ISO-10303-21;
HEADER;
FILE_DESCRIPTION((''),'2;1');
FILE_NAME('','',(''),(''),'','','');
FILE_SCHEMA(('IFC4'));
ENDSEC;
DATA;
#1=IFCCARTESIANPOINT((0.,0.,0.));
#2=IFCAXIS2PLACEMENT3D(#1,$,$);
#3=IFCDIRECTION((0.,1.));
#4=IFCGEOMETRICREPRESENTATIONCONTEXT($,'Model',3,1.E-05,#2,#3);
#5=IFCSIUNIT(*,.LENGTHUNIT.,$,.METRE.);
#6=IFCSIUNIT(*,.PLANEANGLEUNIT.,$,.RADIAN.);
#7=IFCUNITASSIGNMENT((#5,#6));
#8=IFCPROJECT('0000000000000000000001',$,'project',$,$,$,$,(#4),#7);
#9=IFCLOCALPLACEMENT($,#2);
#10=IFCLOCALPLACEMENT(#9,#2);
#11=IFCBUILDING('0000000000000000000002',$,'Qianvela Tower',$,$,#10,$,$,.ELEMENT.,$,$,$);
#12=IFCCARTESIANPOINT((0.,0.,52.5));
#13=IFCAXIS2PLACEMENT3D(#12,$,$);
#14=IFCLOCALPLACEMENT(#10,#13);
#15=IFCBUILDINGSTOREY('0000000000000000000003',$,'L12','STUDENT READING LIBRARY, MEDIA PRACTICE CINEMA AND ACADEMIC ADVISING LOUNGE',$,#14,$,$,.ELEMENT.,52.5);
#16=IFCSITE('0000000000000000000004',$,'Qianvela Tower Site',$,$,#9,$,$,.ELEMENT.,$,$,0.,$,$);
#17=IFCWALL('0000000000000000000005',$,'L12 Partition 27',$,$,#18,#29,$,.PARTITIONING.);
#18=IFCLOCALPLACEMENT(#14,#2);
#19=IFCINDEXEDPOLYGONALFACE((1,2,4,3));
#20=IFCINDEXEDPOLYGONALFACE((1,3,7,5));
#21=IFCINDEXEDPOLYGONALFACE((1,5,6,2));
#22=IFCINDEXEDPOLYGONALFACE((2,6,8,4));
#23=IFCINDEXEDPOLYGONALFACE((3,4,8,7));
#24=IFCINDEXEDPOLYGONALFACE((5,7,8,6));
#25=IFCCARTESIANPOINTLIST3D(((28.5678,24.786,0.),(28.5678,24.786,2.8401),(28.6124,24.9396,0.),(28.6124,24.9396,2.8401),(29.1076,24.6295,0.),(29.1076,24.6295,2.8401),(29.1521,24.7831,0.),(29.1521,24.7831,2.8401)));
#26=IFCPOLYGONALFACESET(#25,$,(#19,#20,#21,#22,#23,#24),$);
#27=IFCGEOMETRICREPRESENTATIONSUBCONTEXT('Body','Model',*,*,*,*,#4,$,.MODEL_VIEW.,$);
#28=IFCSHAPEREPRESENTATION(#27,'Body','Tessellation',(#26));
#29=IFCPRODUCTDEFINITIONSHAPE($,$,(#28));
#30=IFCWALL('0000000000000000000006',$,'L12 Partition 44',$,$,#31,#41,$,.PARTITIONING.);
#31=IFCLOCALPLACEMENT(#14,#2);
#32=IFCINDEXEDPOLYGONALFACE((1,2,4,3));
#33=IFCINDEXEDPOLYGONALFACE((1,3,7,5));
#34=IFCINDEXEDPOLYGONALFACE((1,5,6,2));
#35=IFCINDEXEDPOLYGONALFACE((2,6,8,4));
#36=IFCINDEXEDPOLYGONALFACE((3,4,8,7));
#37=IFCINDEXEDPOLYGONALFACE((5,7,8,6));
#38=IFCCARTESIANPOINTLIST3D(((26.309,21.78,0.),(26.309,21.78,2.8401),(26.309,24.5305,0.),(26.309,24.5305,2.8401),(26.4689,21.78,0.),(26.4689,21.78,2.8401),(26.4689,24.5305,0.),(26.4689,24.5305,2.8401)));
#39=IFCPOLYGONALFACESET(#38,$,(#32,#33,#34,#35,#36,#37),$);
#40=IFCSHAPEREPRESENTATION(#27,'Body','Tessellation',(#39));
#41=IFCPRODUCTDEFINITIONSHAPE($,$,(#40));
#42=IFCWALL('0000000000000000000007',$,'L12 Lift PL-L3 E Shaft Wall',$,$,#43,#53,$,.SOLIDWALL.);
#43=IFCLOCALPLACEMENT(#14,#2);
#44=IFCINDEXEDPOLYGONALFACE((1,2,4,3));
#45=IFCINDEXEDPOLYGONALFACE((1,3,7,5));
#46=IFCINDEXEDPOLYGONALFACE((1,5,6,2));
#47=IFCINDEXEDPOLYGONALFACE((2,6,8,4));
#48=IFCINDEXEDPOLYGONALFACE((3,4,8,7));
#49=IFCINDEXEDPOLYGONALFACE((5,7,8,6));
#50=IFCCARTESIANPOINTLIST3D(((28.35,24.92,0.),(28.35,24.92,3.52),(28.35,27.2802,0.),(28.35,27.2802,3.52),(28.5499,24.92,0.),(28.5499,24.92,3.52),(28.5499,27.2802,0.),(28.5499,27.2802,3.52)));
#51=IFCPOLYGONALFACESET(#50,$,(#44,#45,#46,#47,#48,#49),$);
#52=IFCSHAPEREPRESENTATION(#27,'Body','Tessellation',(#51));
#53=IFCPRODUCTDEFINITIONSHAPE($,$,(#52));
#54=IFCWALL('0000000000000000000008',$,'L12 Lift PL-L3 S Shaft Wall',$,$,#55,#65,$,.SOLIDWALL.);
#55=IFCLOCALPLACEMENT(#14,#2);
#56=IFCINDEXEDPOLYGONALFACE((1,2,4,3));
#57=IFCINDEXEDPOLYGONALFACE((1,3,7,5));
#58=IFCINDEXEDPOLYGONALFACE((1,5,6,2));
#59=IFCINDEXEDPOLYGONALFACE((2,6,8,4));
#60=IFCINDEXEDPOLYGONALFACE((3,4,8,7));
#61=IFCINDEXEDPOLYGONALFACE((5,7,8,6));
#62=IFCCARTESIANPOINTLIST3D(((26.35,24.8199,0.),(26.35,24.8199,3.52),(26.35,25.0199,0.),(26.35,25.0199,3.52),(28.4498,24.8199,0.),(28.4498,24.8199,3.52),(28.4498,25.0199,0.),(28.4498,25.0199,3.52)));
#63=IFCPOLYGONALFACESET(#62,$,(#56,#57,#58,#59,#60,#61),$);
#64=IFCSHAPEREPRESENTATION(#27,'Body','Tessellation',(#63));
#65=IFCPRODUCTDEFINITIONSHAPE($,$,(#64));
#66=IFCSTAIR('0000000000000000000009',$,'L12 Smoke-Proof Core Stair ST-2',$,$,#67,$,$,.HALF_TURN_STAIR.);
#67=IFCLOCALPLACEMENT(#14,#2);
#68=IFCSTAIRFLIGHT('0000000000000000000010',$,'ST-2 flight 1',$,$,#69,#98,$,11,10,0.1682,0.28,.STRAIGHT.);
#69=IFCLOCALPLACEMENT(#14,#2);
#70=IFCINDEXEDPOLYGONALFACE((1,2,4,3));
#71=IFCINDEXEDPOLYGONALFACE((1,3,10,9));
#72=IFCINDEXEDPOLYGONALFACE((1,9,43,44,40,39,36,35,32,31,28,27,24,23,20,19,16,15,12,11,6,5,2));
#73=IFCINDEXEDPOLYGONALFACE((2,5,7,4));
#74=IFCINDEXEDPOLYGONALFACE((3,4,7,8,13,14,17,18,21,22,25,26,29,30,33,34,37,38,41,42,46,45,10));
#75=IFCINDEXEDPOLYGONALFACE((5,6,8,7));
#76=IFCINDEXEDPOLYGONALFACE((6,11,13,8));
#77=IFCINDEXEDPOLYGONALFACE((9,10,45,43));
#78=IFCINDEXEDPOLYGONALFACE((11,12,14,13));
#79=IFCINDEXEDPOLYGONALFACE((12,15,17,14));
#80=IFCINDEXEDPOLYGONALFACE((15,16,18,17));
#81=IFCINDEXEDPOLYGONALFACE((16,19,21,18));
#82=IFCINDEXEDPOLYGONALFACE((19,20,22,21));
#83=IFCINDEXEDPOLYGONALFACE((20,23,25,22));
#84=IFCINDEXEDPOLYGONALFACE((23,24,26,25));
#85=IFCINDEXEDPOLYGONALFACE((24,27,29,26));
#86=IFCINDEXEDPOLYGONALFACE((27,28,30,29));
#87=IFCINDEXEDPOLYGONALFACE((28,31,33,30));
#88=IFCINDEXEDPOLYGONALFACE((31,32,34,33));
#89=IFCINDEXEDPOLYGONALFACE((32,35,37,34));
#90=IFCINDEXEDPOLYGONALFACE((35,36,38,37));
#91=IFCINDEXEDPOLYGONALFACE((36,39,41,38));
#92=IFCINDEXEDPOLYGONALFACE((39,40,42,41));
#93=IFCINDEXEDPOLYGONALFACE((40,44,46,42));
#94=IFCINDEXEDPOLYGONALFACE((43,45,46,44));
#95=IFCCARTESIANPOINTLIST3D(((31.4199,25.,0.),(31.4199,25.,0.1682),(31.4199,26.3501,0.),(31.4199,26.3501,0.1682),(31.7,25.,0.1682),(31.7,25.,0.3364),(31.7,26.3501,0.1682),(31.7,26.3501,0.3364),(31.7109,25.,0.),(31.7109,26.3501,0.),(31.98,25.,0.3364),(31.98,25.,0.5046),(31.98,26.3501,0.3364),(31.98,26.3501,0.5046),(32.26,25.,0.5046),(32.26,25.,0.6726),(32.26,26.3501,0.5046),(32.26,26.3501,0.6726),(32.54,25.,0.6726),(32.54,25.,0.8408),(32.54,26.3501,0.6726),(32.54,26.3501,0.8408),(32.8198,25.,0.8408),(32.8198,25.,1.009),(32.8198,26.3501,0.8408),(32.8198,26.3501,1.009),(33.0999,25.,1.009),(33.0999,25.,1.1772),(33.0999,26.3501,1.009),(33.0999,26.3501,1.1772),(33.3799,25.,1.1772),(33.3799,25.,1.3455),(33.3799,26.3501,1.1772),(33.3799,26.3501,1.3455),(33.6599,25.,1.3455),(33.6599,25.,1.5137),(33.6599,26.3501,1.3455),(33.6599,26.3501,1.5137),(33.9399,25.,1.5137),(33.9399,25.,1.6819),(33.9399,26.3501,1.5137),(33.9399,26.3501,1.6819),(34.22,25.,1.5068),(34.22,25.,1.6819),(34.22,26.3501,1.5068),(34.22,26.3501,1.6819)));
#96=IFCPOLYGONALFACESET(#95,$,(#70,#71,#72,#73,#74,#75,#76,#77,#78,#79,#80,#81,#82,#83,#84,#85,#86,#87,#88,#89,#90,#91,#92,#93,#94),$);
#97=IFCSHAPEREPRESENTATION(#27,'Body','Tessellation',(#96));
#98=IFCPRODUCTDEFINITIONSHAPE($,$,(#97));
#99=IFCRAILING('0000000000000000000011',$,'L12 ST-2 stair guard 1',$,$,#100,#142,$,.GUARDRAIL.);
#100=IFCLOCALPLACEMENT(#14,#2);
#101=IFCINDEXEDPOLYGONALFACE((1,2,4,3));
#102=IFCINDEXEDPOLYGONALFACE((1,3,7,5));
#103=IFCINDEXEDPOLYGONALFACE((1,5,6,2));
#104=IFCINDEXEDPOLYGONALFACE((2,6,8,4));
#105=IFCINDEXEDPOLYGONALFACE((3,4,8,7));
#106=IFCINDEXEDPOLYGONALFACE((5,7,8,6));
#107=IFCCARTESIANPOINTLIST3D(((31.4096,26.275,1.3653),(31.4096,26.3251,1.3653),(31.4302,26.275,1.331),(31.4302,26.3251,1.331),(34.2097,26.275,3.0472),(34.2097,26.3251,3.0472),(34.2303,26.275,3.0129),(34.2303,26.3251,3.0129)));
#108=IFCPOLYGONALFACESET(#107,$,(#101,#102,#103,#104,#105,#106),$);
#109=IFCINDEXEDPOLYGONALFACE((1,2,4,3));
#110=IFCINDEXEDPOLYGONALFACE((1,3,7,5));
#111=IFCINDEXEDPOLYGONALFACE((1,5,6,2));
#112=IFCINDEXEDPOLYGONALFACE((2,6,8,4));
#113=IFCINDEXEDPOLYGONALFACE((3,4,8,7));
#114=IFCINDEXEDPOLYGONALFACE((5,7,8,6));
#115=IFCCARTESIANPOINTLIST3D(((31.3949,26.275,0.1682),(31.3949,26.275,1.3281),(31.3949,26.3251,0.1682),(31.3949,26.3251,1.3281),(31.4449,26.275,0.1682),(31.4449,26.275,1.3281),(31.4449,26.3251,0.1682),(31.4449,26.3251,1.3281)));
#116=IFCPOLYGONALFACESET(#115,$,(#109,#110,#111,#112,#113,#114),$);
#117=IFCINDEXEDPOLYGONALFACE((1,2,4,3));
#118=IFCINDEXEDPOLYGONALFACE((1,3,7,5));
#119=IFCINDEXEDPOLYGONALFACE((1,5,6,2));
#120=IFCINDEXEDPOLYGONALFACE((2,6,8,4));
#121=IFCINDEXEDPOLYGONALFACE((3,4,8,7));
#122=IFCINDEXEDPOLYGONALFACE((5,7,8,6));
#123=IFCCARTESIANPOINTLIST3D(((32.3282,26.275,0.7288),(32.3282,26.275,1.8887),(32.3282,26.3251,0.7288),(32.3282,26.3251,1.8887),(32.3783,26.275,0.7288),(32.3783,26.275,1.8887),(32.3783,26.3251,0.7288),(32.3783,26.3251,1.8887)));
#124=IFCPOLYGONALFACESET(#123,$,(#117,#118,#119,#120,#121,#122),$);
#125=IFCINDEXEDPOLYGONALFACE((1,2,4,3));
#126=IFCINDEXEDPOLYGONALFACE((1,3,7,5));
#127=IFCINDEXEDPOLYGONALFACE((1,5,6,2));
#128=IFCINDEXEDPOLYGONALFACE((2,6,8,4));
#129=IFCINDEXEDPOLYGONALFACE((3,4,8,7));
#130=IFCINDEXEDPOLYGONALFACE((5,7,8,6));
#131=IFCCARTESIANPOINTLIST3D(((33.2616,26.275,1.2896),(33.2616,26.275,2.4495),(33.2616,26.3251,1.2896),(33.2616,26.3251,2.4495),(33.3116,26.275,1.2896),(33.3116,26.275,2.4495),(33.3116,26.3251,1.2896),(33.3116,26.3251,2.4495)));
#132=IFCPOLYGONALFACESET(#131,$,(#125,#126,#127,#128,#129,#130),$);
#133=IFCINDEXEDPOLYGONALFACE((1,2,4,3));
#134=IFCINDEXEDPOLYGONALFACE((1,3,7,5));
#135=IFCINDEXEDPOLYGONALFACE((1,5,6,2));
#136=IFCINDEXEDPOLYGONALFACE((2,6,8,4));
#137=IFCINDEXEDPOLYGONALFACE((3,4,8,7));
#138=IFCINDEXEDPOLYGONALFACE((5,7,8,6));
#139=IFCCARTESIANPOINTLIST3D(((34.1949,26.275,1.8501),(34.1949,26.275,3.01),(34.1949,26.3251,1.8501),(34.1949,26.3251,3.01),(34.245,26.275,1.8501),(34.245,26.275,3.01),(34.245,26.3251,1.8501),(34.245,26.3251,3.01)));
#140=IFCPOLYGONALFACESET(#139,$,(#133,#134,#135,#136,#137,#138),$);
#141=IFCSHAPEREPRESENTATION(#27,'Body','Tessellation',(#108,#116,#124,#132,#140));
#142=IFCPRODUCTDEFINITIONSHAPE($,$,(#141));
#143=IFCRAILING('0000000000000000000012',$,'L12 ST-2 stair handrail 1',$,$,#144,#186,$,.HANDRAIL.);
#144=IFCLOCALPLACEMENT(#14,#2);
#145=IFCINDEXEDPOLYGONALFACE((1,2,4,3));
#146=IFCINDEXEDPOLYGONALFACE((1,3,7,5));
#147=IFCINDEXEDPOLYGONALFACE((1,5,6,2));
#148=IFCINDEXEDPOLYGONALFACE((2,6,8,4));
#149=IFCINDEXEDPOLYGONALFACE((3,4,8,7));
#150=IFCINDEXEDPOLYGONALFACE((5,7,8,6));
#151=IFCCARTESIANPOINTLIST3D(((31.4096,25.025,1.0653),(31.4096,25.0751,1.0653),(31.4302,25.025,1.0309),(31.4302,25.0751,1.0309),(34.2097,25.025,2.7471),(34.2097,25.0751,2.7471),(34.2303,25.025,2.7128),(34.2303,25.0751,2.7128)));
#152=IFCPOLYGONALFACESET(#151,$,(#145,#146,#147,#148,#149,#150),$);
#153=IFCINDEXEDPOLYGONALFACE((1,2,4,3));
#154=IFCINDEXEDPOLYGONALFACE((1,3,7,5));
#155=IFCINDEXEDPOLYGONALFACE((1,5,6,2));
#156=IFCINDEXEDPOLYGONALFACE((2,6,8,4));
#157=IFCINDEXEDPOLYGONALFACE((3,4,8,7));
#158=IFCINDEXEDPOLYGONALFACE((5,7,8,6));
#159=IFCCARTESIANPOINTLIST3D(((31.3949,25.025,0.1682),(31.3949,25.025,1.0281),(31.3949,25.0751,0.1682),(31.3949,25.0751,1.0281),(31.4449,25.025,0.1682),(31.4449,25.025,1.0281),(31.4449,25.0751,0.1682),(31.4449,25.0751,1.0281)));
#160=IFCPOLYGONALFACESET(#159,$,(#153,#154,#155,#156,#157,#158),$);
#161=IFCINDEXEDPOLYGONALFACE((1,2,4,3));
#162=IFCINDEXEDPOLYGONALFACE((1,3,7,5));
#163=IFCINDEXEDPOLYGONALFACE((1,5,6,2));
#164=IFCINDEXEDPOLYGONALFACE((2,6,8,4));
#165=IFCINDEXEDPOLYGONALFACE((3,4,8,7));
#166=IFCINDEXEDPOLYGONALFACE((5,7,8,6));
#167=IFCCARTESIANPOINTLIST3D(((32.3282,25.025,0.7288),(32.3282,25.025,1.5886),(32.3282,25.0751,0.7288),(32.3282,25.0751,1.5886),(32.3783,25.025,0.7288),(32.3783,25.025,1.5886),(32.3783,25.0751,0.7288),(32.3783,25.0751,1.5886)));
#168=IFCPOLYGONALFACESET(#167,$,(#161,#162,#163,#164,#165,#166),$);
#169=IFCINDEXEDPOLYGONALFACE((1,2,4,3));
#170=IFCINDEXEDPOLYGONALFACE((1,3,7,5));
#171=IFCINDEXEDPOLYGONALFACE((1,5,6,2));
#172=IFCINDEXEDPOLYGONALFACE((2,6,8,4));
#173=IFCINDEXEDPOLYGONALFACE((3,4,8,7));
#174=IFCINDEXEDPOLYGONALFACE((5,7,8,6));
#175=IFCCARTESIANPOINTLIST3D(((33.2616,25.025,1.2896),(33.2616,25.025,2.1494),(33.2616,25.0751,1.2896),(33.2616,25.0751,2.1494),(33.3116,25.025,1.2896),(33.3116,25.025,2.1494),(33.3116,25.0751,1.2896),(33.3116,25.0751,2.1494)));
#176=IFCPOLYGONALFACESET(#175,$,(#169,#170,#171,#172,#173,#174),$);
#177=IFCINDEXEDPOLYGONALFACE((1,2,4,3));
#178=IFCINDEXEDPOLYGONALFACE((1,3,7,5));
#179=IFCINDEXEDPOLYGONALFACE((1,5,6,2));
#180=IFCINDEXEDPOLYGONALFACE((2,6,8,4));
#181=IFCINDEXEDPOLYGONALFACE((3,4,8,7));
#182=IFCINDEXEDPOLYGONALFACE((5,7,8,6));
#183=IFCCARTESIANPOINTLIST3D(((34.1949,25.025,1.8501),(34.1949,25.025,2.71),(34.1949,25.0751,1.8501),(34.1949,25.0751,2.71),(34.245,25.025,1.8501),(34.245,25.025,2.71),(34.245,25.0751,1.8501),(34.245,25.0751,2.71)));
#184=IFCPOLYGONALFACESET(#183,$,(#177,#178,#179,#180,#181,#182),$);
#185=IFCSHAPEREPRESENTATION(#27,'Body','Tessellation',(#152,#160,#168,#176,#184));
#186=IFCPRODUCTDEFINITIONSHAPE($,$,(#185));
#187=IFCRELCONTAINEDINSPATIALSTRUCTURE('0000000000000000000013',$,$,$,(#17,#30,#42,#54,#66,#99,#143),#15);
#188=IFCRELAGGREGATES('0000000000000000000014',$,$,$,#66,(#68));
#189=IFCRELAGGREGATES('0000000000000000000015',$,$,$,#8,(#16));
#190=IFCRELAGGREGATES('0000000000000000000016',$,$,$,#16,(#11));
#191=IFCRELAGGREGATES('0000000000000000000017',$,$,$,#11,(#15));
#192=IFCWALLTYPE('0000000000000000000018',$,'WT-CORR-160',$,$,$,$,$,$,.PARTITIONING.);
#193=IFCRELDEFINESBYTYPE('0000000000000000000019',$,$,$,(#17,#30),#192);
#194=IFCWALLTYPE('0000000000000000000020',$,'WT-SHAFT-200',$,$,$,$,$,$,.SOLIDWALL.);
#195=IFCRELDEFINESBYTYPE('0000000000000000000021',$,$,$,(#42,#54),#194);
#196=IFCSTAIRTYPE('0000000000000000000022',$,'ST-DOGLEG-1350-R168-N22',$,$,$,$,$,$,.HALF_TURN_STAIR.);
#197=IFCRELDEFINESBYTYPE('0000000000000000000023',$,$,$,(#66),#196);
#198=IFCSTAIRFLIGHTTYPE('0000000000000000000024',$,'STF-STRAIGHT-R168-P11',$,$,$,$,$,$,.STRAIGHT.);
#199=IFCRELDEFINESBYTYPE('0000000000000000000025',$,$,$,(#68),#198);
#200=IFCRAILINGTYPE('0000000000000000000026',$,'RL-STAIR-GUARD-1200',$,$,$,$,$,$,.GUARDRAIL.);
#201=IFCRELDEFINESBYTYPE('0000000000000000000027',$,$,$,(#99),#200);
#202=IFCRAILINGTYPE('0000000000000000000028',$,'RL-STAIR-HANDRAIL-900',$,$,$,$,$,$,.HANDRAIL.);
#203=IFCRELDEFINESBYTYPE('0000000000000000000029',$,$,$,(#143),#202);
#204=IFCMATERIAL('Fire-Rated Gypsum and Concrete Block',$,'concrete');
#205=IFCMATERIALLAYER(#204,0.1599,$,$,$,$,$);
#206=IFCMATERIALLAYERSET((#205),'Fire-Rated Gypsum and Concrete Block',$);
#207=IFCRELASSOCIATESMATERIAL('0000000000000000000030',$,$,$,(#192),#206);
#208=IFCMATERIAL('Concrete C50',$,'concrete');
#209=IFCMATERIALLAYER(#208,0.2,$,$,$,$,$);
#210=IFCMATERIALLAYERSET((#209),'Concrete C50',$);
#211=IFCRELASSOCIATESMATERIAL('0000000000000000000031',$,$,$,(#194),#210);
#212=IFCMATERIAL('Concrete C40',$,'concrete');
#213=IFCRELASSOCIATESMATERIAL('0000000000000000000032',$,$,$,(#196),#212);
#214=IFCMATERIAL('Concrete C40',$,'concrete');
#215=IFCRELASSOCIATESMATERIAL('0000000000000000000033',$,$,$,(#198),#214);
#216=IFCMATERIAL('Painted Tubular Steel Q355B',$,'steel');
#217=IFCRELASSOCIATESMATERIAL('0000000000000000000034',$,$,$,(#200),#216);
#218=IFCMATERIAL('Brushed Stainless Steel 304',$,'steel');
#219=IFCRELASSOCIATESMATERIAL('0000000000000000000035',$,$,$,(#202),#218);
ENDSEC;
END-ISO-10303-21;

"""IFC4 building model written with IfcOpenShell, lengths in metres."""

from ifc_helpers import new_model, si_unit, direction, frame, frame_2d, origin, origin_2d, place, context, subcontext, project, spatial, polyline, rectangle, outline, extrude, material, layer, layer_set, type_object, element, aggregate, save


model = new_model("IFC4")

# Units and contexts
model_context = context("Model", 3, precision=1e-05, world=origin(), true_north=direction((0.0, 1.0)))
body_context = subcontext(model_context, "Body", "Model", "MODEL_VIEW")
ifc_project = project(units=[si_unit("LENGTHUNIT", "METRE"), si_unit("PLANEANGLEUNIT", "RADIAN")], contexts=[model_context])

# Site, building, storey
site_placement = place(None, origin())
site = spatial("IfcSite", under=ifc_project, at=site_placement, Name="Qianvela Tower Site", CompositionType="ELEMENT", RefElevation=0.0)
building_placement = place(site_placement, origin())
building = spatial("IfcBuilding", under=site, at=building_placement, Name="Qianvela Tower", CompositionType="ELEMENT")
storey_placement = place(building_placement, frame((0.0, 0.0, 52.5)))
storey = spatial("IfcBuildingStorey", under=building, at=storey_placement, Name="L12", Description="STUDENT READING LIBRARY, MEDIA PRACTICE CINEMA AND ACADEMIC ADVISING LOUNGE", CompositionType="ELEMENT", Elevation=52.5)

# Shared definitions
ifc_material_1 = material(Name="Fire-Rated Gypsum and Concrete Block", Category="concrete")
ifc_layer_1 = layer(ifc_material_1, 0.1599)
ifc_layer_set_1 = layer_set([ifc_layer_1], Name="Fire-Rated Gypsum and Concrete Block")
wall_type_1 = type_object("IfcWallType", Name="WT-CORR-160", PredefinedType="PARTITIONING", material=ifc_layer_set_1)

# Walls
wall_1_placement = place(storey_placement, frame((29.1299, 24.7063, 0.0), z_axis=(0.0, 0.0, 1.0), x_axis=(-0.960451, 0.278448, 0.0)))
element("IfcWall", 1, at=wall_1_placement, inside=storey, type_object=wall_type_1, Name="L12 Partition 27", PredefinedType="PARTITIONING", context=body_context, shape_type="SweptSolid", body=[
    extrude(rectangle(XDim=0.562, YDim=0.1599, at=frame_2d((0.281, 0.0))), origin(), (0.0, 0.0, 1.0), 2.8401),
])
wall_2_placement = place(storey_placement, frame((26.3889, 24.5305, 0.0), z_axis=(0.0, 0.0, 1.0), x_axis=(0.0, -1.0, 0.0)))
element("IfcWall", 2, at=wall_2_placement, inside=storey, type_object=wall_type_1, Name="L12 Partition 44", PredefinedType="PARTITIONING", context=body_context, shape_type="SweptSolid", body=[
    extrude(rectangle(XDim=2.7505, YDim=0.1599, at=frame_2d((1.3752, 0.0))), origin(), (0.0, 0.0, 1.0), 2.8401),
])
ifc_material_2 = material(Name="Concrete C50", Category="concrete")
ifc_layer_2 = layer(ifc_material_2, 0.2)
ifc_layer_set_2 = layer_set([ifc_layer_2], Name="Concrete C50")
wall_type_2 = type_object("IfcWallType", Name="WT-SHAFT-200", PredefinedType="SOLIDWALL", material=ifc_layer_set_2)
wall_3_placement = place(storey_placement, frame((28.45, 24.9199, 0.0), z_axis=(0.0, 0.0, 1.0), x_axis=(0.0, 1.0, 0.0)))
element("IfcWall", 3, at=wall_3_placement, inside=storey, type_object=wall_type_2, Name="L12 Lift PL-L3 E Shaft Wall", PredefinedType="SOLIDWALL", context=body_context, shape_type="SweptSolid", body=[
    extrude(rectangle(XDim=2.3601, YDim=0.2, at=frame_2d((1.1802, 0.0))), origin(), (0.0, 0.0, 1.0), 3.52),
])

# Wall
wall_4_placement = place(storey_placement, frame((26.3501, 24.9199, 0.0), z_axis=(0.0, 0.0, 1.0), x_axis=(1.0, 0.0, 0.0)))
element("IfcWall", 4, at=wall_4_placement, inside=storey, type_object=wall_type_2, Name="L12 Lift PL-L3 S Shaft Wall", PredefinedType="SOLIDWALL", context=body_context, shape_type="SweptSolid", body=[
    extrude(rectangle(XDim=2.0999, YDim=0.2, at=frame_2d((1.0498, 0.0))), origin(), (0.0, 0.0, 1.0), 3.52),
])

# Stair, stair flight
ifc_material_3 = material(Name="Concrete C40", Category="concrete")
stair_type = type_object("IfcStairType", Name="ST-DOGLEG-1350-R168-N22", PredefinedType="HALF_TURN_STAIR", material=ifc_material_3)
stair_placement = place(storey_placement, origin())
stair = element("IfcStair", 5, at=stair_placement, inside=storey, type_object=stair_type, Name="L12 Smoke-Proof Core Stair ST-2", PredefinedType="HALF_TURN_STAIR")
ifc_material_4 = material(Name="Concrete C40", Category="concrete")
stair_flight_type = type_object("IfcStairFlightType", Name="STF-STRAIGHT-R168-P11", PredefinedType="STRAIGHT", material=ifc_material_4)
stair_flight_placement = place(storey_placement, frame((31.4199, 25.675, 0.0), z_axis=(0.0, 0.0, 1.0), x_axis=(1.0, 0.0, 0.0)))
stair_flight = element("IfcStairFlight", 6, at=stair_flight_placement, type_object=stair_flight_type, Name="ST-2 flight 1", NumberOfRisers=11, NumberOfTreads=10, PredefinedType="STRAIGHT", RiserHeight=0.1682, TreadLength=0.28, context=body_context, shape_type="SweptSolid", body=[
    extrude(outline(polyline([(0.0, 0.0), (0.0, 0.1682), (0.28, 0.1682), (0.28, 0.3364), (0.5601, 0.3364), (0.5601, 0.5046), (0.8401, 0.5046), (0.8401, 0.6726), (1.1201, 0.6726), (1.1201, 0.8408), (1.3999, 0.8408), (1.3999, 1.009), (1.6799, 1.009), (1.6799, 1.1772), (1.96, 1.1772), (1.96, 1.3455), (2.24, 1.3455), (2.24, 1.5137), (2.52, 1.5137), (2.52, 1.6819), (2.8, 1.6819), (2.8, 1.8501), (2.8, 1.5068), (0.291, 0.0), (0.0, 0.0)])), frame((0.0, 0.675, 0.0), z_axis=(0.0, -1.0, 0.0), x_axis=(1.0, 0.0, 0.0)), (0.0, 0.0, 1.0), 1.3501),
])
aggregate(stair, [stair_flight])

# Railings
ifc_material_5 = material(Name="Painted Tubular Steel Q355B", Category="steel")
railing_type_1 = type_object("IfcRailingType", Name="RL-STAIR-GUARD-1200", PredefinedType="GUARDRAIL", material=ifc_material_5)
railing_1_placement = place(storey_placement, frame((31.4199, 26.3, 0.1682)))
element("IfcRailing", 7, at=railing_1_placement, inside=storey, type_object=railing_type_1, Name="L12 ST-2 stair guard 1", PredefinedType="GUARDRAIL", context=body_context, shape_type="SweptSolid", body=[
    extrude(rectangle(XDim=0.05, YDim=0.04, at=origin_2d()), frame((0.0, 0.0, 1.1799), z_axis=(0.857242, 0.0, 0.514913), x_axis=(0.0, 1.0, 0.0)), (0.0, 0.0, 1.0), 3.2664),
    extrude(rectangle(XDim=0.05, YDim=0.05, at=origin_2d()), origin(), (0.0, 0.0, 1.0), 1.1599),
    extrude(rectangle(XDim=0.05, YDim=0.05, at=origin_2d()), frame((0.9333, 0.0, 0.5605)), (0.0, 0.0, 1.0), 1.1599),
    extrude(rectangle(XDim=0.05, YDim=0.05, at=origin_2d()), frame((1.8667, 0.0, 1.1213)), (0.0, 0.0, 1.0), 1.1599),
    extrude(rectangle(XDim=0.05, YDim=0.05, at=origin_2d()), frame((2.8, 0.0, 1.6819)), (0.0, 0.0, 1.0), 1.1599),
])
ifc_material_6 = material(Name="Brushed Stainless Steel 304", Category="steel")
railing_type_2 = type_object("IfcRailingType", Name="RL-STAIR-HANDRAIL-900", PredefinedType="HANDRAIL", material=ifc_material_6)
railing_2_placement = place(storey_placement, frame((31.4199, 25.05, 0.1682)))
element("IfcRailing", 8, at=railing_2_placement, inside=storey, type_object=railing_type_2, Name="L12 ST-2 stair handrail 1", PredefinedType="HANDRAIL", context=body_context, shape_type="SweptSolid", body=[
    extrude(rectangle(XDim=0.05, YDim=0.04, at=origin_2d()), frame((0.0, 0.0, 0.8799), z_axis=(0.857242, 0.0, 0.514913), x_axis=(0.0, 1.0, 0.0)), (0.0, 0.0, 1.0), 3.2664),
    extrude(rectangle(XDim=0.05, YDim=0.05, at=origin_2d()), origin(), (0.0, 0.0, 1.0), 0.8599),
    extrude(rectangle(XDim=0.05, YDim=0.05, at=origin_2d()), frame((0.9333, 0.0, 0.5605)), (0.0, 0.0, 1.0), 0.8599),
    extrude(rectangle(XDim=0.05, YDim=0.05, at=origin_2d()), frame((1.8667, 0.0, 1.1213)), (0.0, 0.0, 1.0), 0.8599),
    extrude(rectangle(XDim=0.05, YDim=0.05, at=origin_2d()), frame((2.8, 0.0, 1.6819)), (0.0, 0.0, 1.0), 0.8599),
])

save(model, "model.ifc")
